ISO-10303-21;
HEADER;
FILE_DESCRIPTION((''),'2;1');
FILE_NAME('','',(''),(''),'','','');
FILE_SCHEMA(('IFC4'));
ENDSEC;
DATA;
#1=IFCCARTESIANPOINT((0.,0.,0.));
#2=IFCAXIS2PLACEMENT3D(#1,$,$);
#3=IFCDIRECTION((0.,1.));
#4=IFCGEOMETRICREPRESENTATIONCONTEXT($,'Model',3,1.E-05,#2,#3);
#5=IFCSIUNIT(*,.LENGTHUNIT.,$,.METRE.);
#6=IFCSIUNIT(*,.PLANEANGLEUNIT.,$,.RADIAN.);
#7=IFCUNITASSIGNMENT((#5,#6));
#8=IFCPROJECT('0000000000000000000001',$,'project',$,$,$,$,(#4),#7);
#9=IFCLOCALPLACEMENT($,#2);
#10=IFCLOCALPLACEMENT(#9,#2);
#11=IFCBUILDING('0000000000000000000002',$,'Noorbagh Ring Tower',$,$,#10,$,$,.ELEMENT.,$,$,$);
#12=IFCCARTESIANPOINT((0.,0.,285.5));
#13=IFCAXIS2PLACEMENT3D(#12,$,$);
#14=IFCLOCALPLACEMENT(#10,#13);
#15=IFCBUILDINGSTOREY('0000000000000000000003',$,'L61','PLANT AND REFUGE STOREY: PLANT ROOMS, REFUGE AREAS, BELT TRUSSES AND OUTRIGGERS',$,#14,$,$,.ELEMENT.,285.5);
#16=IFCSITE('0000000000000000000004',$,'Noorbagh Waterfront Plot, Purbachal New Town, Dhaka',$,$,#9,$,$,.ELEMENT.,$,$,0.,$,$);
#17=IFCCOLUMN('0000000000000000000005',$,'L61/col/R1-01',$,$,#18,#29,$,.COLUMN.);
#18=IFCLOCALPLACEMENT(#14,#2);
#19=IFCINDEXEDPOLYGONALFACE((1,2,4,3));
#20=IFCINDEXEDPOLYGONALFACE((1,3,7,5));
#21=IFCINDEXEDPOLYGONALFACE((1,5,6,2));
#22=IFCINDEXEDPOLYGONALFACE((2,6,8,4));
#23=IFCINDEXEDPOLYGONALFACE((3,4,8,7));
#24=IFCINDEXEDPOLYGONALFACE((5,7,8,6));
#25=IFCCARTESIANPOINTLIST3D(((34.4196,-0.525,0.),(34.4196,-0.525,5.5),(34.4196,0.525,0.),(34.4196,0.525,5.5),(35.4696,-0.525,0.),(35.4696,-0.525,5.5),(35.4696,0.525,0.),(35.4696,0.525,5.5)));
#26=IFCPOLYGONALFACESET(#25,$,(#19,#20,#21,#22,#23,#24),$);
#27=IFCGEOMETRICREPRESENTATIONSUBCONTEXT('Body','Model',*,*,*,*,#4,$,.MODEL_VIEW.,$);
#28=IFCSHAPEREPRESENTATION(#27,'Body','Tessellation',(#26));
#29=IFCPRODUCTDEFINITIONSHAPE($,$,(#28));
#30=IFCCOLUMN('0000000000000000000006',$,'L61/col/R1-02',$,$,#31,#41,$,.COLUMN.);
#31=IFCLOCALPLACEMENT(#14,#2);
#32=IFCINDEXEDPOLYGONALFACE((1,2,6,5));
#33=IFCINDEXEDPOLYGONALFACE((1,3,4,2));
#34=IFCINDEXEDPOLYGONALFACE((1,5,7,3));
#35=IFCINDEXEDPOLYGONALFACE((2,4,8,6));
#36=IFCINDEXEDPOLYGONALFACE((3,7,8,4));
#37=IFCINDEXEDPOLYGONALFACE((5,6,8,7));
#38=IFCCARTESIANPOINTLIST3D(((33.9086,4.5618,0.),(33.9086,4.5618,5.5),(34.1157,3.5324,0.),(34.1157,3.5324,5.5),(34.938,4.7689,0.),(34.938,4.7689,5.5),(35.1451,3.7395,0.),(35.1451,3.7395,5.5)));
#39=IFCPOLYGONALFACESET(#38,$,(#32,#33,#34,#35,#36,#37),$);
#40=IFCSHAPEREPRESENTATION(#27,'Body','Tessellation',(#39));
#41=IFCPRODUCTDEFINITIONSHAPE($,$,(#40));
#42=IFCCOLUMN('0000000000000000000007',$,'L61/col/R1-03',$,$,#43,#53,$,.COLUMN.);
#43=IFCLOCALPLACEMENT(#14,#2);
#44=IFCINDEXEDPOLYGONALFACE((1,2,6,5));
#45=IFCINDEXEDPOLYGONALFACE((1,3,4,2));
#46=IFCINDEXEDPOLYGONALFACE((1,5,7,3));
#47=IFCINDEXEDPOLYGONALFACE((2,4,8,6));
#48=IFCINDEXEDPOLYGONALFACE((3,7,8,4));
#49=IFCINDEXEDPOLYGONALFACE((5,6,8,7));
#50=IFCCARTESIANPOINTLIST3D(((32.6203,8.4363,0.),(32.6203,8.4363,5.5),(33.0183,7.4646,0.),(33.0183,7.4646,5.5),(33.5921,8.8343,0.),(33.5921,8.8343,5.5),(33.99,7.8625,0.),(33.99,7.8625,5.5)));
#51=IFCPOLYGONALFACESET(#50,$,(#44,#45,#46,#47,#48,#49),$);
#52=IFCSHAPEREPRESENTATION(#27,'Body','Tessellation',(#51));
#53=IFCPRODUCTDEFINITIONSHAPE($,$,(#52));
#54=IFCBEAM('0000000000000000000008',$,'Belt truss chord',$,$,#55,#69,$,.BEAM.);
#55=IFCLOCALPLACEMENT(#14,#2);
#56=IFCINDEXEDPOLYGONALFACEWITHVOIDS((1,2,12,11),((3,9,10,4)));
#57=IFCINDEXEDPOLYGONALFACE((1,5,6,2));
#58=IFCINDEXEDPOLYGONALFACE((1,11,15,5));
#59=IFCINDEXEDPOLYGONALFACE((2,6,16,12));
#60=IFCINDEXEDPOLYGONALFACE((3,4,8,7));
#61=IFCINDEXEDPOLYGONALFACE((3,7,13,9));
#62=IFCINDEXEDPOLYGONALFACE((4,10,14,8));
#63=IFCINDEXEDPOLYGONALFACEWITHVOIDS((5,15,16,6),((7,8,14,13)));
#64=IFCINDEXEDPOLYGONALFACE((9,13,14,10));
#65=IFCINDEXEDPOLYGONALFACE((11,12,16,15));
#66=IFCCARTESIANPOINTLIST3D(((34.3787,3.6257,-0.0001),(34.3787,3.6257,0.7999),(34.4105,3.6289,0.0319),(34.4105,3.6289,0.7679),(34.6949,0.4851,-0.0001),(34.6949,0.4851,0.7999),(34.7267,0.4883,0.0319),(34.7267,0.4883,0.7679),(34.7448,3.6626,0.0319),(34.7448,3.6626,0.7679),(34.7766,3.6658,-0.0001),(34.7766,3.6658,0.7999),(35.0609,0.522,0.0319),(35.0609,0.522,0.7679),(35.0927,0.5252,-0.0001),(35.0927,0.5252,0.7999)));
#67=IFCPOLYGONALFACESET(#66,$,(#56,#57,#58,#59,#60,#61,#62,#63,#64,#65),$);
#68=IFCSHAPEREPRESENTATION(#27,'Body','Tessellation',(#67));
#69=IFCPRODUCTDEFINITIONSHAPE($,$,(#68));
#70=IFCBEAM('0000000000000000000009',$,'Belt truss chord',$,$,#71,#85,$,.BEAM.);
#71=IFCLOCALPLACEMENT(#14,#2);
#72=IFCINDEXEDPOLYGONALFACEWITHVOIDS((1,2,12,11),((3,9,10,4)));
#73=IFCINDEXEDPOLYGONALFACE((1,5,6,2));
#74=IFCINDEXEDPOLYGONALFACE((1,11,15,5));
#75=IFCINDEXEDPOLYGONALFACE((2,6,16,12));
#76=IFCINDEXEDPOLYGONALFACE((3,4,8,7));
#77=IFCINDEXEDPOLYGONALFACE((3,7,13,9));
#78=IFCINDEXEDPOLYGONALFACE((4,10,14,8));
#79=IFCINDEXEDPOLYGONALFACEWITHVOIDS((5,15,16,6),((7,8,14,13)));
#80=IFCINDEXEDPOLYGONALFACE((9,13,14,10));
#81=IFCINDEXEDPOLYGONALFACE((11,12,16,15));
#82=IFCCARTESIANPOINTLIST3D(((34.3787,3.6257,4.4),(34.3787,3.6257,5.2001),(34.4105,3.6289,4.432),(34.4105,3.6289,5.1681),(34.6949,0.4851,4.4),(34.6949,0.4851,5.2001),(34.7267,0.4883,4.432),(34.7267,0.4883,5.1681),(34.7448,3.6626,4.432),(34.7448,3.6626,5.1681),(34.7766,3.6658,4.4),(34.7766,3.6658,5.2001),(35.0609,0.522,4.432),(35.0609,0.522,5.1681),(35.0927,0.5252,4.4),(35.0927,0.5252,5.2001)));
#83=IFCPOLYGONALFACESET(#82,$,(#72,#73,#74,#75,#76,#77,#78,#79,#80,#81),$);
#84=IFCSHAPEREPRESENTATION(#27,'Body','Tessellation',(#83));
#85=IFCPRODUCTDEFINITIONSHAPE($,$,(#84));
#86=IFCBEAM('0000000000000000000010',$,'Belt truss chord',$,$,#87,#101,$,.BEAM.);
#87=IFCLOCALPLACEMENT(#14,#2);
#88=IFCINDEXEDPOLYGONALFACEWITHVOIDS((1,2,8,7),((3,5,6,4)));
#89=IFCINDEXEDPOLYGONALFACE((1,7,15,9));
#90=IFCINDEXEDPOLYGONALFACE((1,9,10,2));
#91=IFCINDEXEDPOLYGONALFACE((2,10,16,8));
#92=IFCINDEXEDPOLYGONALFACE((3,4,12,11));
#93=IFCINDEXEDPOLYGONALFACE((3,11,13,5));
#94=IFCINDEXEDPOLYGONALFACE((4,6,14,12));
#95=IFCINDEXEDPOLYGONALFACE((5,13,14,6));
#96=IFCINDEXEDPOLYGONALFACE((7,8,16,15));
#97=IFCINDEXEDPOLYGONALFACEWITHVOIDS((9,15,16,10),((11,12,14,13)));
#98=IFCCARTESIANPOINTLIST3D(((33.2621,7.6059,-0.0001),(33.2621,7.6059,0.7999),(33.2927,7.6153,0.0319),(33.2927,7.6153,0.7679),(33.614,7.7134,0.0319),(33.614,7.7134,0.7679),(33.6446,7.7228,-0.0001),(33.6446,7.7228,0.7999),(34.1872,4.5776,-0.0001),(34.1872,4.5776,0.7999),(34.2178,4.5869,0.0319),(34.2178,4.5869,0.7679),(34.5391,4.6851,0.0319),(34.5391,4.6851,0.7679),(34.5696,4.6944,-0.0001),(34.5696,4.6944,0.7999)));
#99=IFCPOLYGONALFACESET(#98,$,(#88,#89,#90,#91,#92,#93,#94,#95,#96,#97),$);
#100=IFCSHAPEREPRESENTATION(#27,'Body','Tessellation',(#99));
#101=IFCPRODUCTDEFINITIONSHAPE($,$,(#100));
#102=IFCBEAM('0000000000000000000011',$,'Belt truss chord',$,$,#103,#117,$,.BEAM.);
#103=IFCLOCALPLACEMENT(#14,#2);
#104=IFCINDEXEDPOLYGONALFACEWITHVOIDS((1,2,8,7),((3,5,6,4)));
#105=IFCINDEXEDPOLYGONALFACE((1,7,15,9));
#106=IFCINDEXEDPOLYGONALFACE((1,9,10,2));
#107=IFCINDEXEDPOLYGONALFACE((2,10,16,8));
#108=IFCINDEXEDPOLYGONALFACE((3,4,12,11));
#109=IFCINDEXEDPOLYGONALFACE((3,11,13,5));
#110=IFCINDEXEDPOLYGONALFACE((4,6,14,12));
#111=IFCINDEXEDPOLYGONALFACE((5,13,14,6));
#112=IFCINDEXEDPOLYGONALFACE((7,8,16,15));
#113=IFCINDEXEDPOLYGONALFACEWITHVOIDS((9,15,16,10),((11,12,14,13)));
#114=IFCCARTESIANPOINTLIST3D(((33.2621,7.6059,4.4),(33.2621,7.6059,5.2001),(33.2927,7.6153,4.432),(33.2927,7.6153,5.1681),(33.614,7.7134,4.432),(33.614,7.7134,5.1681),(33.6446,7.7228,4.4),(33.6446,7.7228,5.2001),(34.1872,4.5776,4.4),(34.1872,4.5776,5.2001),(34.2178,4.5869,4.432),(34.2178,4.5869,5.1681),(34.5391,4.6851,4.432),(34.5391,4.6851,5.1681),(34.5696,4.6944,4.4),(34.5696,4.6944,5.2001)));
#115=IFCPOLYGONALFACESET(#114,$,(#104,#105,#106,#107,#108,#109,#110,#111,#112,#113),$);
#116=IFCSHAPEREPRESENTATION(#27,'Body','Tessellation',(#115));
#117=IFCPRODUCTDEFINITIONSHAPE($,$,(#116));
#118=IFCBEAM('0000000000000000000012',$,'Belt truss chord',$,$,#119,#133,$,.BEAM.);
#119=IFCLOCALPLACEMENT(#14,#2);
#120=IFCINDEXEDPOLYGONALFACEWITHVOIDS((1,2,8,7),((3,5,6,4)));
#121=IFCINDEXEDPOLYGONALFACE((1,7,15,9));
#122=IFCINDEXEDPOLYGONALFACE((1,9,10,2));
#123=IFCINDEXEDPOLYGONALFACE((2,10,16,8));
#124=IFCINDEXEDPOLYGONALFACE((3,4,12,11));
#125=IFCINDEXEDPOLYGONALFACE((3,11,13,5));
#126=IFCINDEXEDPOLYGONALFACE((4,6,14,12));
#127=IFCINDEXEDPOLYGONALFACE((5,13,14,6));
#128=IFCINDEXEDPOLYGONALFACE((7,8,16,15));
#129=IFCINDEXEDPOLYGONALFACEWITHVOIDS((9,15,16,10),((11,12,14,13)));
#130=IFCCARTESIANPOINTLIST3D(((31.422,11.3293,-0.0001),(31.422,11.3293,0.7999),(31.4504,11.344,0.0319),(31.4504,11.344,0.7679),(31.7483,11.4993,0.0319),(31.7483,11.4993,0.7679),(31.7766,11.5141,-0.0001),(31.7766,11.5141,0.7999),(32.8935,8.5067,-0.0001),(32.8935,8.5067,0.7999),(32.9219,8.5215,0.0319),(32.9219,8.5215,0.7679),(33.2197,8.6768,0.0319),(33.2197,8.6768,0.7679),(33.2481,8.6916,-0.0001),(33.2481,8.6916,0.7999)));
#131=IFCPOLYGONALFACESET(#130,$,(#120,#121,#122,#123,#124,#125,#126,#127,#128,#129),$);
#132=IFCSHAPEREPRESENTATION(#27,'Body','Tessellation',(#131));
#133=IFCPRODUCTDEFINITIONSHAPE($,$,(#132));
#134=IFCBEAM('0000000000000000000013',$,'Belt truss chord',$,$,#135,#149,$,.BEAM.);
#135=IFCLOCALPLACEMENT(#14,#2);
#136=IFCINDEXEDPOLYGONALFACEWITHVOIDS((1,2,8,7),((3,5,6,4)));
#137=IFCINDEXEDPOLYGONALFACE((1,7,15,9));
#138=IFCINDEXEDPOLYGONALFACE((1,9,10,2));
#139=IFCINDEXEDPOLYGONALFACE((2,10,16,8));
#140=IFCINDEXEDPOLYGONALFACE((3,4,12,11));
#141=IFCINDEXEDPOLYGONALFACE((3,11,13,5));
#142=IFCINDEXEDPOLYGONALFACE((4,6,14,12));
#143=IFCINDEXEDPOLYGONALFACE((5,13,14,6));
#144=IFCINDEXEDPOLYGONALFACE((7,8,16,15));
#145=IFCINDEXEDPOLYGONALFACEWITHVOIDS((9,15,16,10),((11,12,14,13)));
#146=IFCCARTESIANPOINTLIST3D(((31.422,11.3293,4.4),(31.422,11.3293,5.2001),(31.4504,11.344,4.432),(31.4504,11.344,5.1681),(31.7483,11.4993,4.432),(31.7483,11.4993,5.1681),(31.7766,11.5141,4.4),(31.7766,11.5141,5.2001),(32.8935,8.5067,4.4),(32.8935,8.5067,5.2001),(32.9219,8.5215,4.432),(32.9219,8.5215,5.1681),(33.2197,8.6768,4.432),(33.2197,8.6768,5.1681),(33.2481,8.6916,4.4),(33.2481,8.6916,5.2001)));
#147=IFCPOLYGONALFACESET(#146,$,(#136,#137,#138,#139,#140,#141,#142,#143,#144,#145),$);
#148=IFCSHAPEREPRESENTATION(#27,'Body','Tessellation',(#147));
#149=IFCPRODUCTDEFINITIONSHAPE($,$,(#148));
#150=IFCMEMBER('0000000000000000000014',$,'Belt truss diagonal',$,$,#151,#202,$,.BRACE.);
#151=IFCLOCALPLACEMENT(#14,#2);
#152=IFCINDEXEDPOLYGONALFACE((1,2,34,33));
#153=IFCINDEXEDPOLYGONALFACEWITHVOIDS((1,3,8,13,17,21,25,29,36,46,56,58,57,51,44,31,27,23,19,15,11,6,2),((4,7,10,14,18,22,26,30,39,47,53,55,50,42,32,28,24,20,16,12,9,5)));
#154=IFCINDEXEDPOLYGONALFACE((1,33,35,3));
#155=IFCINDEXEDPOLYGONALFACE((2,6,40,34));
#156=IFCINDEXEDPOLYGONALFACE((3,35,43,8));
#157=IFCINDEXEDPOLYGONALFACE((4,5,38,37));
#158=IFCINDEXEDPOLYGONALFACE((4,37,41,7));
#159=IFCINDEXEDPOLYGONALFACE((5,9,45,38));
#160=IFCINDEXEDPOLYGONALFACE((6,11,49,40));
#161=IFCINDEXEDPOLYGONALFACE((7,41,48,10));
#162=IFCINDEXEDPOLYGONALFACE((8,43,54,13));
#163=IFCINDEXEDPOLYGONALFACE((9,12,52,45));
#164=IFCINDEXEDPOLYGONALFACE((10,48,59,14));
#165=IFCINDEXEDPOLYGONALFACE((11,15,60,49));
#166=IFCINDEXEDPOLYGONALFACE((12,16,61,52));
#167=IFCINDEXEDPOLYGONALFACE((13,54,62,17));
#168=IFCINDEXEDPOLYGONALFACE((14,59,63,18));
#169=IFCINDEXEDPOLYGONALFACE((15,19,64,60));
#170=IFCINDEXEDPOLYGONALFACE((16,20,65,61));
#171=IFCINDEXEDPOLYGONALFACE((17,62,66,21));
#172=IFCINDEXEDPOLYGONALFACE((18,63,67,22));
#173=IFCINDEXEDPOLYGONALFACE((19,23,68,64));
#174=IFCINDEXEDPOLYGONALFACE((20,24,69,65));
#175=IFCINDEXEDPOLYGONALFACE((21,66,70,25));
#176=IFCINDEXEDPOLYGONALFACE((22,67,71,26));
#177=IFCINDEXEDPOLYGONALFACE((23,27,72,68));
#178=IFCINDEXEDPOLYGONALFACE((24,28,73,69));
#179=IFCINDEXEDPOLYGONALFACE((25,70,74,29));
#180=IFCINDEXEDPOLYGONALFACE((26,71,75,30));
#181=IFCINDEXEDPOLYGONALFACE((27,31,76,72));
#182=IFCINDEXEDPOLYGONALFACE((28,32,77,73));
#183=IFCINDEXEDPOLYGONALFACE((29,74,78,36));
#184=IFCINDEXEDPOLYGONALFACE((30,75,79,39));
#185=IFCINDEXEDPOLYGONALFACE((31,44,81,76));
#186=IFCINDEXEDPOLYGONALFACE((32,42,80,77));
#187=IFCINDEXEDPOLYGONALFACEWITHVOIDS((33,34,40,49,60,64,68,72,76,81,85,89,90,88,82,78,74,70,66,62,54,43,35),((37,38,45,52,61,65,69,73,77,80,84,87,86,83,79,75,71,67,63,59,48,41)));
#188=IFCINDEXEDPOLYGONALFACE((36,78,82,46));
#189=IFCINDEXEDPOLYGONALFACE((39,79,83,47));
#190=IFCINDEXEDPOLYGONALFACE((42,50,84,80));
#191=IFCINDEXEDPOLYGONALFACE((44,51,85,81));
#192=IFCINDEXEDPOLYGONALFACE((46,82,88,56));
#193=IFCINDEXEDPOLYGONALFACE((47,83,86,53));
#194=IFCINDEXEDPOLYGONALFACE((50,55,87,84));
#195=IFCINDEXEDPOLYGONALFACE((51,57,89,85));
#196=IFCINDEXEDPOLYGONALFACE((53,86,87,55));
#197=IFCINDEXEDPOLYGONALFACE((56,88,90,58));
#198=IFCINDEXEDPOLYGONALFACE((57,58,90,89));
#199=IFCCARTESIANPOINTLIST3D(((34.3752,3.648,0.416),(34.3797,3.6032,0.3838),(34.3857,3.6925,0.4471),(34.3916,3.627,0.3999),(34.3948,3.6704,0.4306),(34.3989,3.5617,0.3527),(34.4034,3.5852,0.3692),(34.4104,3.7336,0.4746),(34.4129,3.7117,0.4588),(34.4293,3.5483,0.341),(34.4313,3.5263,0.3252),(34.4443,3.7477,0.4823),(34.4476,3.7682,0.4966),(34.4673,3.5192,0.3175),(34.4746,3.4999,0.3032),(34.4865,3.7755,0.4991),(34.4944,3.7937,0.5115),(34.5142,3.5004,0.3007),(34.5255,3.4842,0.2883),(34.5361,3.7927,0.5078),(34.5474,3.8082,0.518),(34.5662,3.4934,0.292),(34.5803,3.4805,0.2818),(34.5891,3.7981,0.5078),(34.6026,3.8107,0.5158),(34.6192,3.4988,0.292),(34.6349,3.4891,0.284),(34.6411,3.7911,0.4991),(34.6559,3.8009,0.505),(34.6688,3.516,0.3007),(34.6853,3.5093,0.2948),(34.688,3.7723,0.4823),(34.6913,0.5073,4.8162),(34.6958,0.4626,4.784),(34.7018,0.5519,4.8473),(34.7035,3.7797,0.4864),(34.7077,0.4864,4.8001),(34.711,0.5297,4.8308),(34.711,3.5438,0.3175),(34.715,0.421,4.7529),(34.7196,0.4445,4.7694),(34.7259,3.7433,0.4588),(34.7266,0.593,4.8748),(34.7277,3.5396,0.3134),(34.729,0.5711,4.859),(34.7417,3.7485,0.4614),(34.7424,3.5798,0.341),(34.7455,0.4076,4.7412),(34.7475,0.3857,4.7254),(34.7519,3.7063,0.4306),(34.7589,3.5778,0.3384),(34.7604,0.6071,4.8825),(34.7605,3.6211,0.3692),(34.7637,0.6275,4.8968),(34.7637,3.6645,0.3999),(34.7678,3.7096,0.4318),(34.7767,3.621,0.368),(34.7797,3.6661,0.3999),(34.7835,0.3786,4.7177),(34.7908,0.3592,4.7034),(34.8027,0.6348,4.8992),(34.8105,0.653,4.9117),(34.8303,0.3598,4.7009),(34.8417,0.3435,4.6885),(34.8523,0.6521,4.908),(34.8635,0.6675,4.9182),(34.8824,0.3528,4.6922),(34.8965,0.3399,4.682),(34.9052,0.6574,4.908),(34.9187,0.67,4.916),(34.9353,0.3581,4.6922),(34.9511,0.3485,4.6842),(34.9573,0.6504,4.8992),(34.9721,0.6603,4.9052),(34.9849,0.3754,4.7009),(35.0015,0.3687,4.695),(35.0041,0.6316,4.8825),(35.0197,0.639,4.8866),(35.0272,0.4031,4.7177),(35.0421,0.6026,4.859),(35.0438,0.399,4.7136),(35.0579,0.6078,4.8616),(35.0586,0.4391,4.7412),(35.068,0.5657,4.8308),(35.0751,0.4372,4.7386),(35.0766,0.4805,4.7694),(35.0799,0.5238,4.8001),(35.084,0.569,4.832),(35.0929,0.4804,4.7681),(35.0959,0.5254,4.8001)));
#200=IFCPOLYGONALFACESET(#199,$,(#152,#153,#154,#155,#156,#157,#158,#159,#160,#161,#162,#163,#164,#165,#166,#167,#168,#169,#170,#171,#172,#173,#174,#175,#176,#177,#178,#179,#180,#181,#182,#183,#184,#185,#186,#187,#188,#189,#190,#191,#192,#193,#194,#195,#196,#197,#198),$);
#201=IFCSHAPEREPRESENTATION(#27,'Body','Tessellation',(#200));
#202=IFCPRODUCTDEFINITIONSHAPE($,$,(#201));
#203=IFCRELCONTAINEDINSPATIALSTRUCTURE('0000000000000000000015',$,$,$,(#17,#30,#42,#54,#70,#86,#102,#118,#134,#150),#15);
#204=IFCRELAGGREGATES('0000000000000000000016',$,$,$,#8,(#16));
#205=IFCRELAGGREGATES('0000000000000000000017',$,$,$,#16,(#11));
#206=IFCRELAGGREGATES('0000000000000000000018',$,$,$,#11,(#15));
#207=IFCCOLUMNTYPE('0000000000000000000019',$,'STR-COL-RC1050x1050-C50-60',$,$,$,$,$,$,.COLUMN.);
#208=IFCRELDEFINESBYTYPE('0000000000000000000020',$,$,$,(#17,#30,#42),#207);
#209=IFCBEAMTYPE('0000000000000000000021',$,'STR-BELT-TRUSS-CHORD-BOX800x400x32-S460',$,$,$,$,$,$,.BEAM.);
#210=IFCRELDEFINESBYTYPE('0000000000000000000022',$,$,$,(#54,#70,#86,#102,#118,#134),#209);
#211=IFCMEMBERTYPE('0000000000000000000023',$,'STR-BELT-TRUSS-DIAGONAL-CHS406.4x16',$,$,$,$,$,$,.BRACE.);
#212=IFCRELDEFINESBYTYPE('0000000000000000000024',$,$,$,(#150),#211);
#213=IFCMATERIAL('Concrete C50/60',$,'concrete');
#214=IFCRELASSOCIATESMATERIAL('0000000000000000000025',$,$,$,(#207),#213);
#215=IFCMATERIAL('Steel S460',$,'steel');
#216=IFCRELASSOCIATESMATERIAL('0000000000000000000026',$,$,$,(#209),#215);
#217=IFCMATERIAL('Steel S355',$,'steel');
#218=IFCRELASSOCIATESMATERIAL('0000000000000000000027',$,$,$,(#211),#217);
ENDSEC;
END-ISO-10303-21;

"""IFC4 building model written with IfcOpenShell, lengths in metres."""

from ifc_helpers import new_model, si_unit, direction, frame, origin, origin_2d, place, context, subcontext, project, spatial, rectangle, hollow_rectangle, hollow_circle, extrude, material, material_profile, profile_set, type_object, element, save


model = new_model("IFC4")

# Units and contexts
model_context = context("Model", 3, precision=1e-05, world=origin(), true_north=direction((0.0, 1.0)))
body_context = subcontext(model_context, "Body", "Model", "MODEL_VIEW")
ifc_project = project(units=[si_unit("LENGTHUNIT", "METRE"), si_unit("PLANEANGLEUNIT", "RADIAN")], contexts=[model_context])

# Site, building, storey
site_placement = place(None, origin())
site = spatial("IfcSite", under=ifc_project, at=site_placement, Name="Noorbagh Waterfront Plot, Purbachal New Town, Dhaka", CompositionType="ELEMENT", RefElevation=0.0)
building_placement = place(site_placement, origin())
building = spatial("IfcBuilding", under=site, at=building_placement, Name="Noorbagh Ring Tower", CompositionType="ELEMENT")
storey_placement = place(building_placement, frame((0.0, 0.0, 285.5)))
storey = spatial("IfcBuildingStorey", under=building, at=storey_placement, Name="L61", Description="PLANT AND REFUGE STOREY: PLANT ROOMS, REFUGE AREAS, BELT TRUSSES AND OUTRIGGERS", CompositionType="ELEMENT", Elevation=285.5)

# Columns
ifc_material_1 = material(Name="Concrete C50/60", Category="concrete")
ifc_material_profile_1 = material_profile(ifc_material_1, rectangle(XDim=1.05, YDim=1.05, at=origin_2d()), Name="RC1050x1050")
ifc_profile_set_1 = profile_set([ifc_material_profile_1], Name="Concrete C50/60")
column_type = type_object("IfcColumnType", Name="STR-COL-RC1050x1050-C50-60", PredefinedType="COLUMN", material=ifc_profile_set_1)
for number, where, z_axis, x_axis, name in (
    (1, (34.9446, 0.0, 0.0), (0.0, 0.0, 1.0), (0.0, 1.0, 0.0), "L61/col/R1-01"),
    (2, (34.5269, 4.1506, 0.0), (0.0, 0.0, 1.0), (-0.19723, 0.980357, 0.0), "L61/col/R1-02"),
    (3, (33.3052, 8.1494, 0.0), (0.0, 0.0, 1.0), (-0.378989, 0.925401, 0.0), "L61/col/R1-03"),
):
    element("IfcColumn", number, at=place(storey_placement, frame(where, z_axis=z_axis, x_axis=x_axis)), inside=storey, type_object=column_type, Name=name, PredefinedType="COLUMN", context=body_context, shape_type="SweptSolid", body=[
        extrude(rectangle(XDim=1.05, YDim=1.05, at=origin_2d()), origin(), (0.0, 0.0, 1.0), 5.5),
    ])

# Beams
ifc_material_2 = material(Name="Steel S460", Category="steel")
ifc_material_profile_2 = material_profile(ifc_material_2, hollow_rectangle(XDim=0.3999, YDim=0.8, WallThickness=0.032, at=origin_2d()), Name="BOX800x400x32")
ifc_profile_set_2 = profile_set([ifc_material_profile_2], Name="Steel S460")
beam_type_1 = type_object("IfcBeamType", Name="STR-BELT-TRUSS-CHORD-BOX800x400x32-S460", PredefinedType="BEAM", material=ifc_profile_set_2)
for number, where, z_axis, x_axis, name in (
    (4, (34.8938, 0.5051, 0.3999), (-0.100162, 0.994971, 0.0), (-0.994971, -0.100162, 0.0), "Belt truss chord"),
    (5, (34.8938, 0.5051, 4.8), (-0.100162, 0.994971, 0.0), (-0.994971, -0.100162, 0.0), "Belt truss chord"),
):
    element("IfcBeam", number, at=place(storey_placement, frame(where, z_axis=z_axis, x_axis=x_axis)), inside=storey, type_object=beam_type_1, Name=name, PredefinedType="BEAM", context=body_context, shape_type="SweptSolid", body=[
        extrude(hollow_rectangle(XDim=0.3999, YDim=0.8, WallThickness=0.032, at=origin_2d()), origin(), (0.0, 0.0, 1.0), 3.1565),
    ])
for number, where, z_axis, x_axis, name in (
    (6, (34.3784, 4.636, 0.3999), (-0.29214, 0.956376, 0.0), (-0.956376, -0.29214, 0.0), "Belt truss chord"),
    (7, (34.3784, 4.636, 4.8), (-0.29214, 0.956376, 0.0), (-0.956376, -0.29214, 0.0), "Belt truss chord"),
):
    element("IfcBeam", number, at=place(storey_placement, frame(where, z_axis=z_axis, x_axis=x_axis)), inside=storey, type_object=beam_type_1, Name=name, PredefinedType="BEAM", context=body_context, shape_type="SweptSolid", body=[
        extrude(hollow_rectangle(XDim=0.3999, YDim=0.8, WallThickness=0.032, at=origin_2d()), origin(), (0.0, 0.0, 1.0), 3.1665),
    ])
for number, where, z_axis, x_axis, name in (
    (8, (33.0708, 8.5991, 0.3999), (-0.462275, 0.886737, 0.0), (-0.886737, -0.462275, 0.0), "Belt truss chord"),
    (9, (33.0708, 8.5991, 4.8), (-0.462275, 0.886737, 0.0), (-0.886737, -0.462275, 0.0), "Belt truss chord"),
):
    element("IfcBeam", number, at=place(storey_placement, frame(where, z_axis=z_axis, x_axis=x_axis)), inside=storey, type_object=beam_type_1, Name=name, PredefinedType="BEAM", context=body_context, shape_type="SweptSolid", body=[
        extrude(hollow_rectangle(XDim=0.3999, YDim=0.8, WallThickness=0.032, at=origin_2d()), origin(), (0.0, 0.0, 1.0), 3.1831),
    ])

# Member
ifc_material_3 = material(Name="Steel S355", Category="steel")
ifc_material_profile_3 = material_profile(ifc_material_3, hollow_circle(Radius=0.2031, WallThickness=0.0161, at=origin_2d()), Name="CHS406.4x16")
ifc_profile_set_3 = profile_set([ifc_material_profile_3], Name="Steel S355")
member_type_1 = type_object("IfcMemberType", Name="STR-BELT-TRUSS-DIAGONAL-CHS406.4x16", PredefinedType="BRACE", material=ifc_profile_set_3)
member_1_placement = place(storey_placement, frame((34.5776, 3.6458, 0.3999), z_axis=(0.058384, -0.579961, 0.812549), x_axis=(0.994971, 0.100162, 0.0)))
element("IfcMember", 10, at=member_1_placement, inside=storey, type_object=member_type_1, Name="Belt truss diagonal", PredefinedType="BRACE", context=body_context, shape_type="SweptSolid", body=[
    extrude(hollow_circle(Radius=0.2031, WallThickness=0.0161, at=origin_2d()), origin(), (0.0, 0.0, 1.0), 5.4153),
])

save(model, "model.ifc")
